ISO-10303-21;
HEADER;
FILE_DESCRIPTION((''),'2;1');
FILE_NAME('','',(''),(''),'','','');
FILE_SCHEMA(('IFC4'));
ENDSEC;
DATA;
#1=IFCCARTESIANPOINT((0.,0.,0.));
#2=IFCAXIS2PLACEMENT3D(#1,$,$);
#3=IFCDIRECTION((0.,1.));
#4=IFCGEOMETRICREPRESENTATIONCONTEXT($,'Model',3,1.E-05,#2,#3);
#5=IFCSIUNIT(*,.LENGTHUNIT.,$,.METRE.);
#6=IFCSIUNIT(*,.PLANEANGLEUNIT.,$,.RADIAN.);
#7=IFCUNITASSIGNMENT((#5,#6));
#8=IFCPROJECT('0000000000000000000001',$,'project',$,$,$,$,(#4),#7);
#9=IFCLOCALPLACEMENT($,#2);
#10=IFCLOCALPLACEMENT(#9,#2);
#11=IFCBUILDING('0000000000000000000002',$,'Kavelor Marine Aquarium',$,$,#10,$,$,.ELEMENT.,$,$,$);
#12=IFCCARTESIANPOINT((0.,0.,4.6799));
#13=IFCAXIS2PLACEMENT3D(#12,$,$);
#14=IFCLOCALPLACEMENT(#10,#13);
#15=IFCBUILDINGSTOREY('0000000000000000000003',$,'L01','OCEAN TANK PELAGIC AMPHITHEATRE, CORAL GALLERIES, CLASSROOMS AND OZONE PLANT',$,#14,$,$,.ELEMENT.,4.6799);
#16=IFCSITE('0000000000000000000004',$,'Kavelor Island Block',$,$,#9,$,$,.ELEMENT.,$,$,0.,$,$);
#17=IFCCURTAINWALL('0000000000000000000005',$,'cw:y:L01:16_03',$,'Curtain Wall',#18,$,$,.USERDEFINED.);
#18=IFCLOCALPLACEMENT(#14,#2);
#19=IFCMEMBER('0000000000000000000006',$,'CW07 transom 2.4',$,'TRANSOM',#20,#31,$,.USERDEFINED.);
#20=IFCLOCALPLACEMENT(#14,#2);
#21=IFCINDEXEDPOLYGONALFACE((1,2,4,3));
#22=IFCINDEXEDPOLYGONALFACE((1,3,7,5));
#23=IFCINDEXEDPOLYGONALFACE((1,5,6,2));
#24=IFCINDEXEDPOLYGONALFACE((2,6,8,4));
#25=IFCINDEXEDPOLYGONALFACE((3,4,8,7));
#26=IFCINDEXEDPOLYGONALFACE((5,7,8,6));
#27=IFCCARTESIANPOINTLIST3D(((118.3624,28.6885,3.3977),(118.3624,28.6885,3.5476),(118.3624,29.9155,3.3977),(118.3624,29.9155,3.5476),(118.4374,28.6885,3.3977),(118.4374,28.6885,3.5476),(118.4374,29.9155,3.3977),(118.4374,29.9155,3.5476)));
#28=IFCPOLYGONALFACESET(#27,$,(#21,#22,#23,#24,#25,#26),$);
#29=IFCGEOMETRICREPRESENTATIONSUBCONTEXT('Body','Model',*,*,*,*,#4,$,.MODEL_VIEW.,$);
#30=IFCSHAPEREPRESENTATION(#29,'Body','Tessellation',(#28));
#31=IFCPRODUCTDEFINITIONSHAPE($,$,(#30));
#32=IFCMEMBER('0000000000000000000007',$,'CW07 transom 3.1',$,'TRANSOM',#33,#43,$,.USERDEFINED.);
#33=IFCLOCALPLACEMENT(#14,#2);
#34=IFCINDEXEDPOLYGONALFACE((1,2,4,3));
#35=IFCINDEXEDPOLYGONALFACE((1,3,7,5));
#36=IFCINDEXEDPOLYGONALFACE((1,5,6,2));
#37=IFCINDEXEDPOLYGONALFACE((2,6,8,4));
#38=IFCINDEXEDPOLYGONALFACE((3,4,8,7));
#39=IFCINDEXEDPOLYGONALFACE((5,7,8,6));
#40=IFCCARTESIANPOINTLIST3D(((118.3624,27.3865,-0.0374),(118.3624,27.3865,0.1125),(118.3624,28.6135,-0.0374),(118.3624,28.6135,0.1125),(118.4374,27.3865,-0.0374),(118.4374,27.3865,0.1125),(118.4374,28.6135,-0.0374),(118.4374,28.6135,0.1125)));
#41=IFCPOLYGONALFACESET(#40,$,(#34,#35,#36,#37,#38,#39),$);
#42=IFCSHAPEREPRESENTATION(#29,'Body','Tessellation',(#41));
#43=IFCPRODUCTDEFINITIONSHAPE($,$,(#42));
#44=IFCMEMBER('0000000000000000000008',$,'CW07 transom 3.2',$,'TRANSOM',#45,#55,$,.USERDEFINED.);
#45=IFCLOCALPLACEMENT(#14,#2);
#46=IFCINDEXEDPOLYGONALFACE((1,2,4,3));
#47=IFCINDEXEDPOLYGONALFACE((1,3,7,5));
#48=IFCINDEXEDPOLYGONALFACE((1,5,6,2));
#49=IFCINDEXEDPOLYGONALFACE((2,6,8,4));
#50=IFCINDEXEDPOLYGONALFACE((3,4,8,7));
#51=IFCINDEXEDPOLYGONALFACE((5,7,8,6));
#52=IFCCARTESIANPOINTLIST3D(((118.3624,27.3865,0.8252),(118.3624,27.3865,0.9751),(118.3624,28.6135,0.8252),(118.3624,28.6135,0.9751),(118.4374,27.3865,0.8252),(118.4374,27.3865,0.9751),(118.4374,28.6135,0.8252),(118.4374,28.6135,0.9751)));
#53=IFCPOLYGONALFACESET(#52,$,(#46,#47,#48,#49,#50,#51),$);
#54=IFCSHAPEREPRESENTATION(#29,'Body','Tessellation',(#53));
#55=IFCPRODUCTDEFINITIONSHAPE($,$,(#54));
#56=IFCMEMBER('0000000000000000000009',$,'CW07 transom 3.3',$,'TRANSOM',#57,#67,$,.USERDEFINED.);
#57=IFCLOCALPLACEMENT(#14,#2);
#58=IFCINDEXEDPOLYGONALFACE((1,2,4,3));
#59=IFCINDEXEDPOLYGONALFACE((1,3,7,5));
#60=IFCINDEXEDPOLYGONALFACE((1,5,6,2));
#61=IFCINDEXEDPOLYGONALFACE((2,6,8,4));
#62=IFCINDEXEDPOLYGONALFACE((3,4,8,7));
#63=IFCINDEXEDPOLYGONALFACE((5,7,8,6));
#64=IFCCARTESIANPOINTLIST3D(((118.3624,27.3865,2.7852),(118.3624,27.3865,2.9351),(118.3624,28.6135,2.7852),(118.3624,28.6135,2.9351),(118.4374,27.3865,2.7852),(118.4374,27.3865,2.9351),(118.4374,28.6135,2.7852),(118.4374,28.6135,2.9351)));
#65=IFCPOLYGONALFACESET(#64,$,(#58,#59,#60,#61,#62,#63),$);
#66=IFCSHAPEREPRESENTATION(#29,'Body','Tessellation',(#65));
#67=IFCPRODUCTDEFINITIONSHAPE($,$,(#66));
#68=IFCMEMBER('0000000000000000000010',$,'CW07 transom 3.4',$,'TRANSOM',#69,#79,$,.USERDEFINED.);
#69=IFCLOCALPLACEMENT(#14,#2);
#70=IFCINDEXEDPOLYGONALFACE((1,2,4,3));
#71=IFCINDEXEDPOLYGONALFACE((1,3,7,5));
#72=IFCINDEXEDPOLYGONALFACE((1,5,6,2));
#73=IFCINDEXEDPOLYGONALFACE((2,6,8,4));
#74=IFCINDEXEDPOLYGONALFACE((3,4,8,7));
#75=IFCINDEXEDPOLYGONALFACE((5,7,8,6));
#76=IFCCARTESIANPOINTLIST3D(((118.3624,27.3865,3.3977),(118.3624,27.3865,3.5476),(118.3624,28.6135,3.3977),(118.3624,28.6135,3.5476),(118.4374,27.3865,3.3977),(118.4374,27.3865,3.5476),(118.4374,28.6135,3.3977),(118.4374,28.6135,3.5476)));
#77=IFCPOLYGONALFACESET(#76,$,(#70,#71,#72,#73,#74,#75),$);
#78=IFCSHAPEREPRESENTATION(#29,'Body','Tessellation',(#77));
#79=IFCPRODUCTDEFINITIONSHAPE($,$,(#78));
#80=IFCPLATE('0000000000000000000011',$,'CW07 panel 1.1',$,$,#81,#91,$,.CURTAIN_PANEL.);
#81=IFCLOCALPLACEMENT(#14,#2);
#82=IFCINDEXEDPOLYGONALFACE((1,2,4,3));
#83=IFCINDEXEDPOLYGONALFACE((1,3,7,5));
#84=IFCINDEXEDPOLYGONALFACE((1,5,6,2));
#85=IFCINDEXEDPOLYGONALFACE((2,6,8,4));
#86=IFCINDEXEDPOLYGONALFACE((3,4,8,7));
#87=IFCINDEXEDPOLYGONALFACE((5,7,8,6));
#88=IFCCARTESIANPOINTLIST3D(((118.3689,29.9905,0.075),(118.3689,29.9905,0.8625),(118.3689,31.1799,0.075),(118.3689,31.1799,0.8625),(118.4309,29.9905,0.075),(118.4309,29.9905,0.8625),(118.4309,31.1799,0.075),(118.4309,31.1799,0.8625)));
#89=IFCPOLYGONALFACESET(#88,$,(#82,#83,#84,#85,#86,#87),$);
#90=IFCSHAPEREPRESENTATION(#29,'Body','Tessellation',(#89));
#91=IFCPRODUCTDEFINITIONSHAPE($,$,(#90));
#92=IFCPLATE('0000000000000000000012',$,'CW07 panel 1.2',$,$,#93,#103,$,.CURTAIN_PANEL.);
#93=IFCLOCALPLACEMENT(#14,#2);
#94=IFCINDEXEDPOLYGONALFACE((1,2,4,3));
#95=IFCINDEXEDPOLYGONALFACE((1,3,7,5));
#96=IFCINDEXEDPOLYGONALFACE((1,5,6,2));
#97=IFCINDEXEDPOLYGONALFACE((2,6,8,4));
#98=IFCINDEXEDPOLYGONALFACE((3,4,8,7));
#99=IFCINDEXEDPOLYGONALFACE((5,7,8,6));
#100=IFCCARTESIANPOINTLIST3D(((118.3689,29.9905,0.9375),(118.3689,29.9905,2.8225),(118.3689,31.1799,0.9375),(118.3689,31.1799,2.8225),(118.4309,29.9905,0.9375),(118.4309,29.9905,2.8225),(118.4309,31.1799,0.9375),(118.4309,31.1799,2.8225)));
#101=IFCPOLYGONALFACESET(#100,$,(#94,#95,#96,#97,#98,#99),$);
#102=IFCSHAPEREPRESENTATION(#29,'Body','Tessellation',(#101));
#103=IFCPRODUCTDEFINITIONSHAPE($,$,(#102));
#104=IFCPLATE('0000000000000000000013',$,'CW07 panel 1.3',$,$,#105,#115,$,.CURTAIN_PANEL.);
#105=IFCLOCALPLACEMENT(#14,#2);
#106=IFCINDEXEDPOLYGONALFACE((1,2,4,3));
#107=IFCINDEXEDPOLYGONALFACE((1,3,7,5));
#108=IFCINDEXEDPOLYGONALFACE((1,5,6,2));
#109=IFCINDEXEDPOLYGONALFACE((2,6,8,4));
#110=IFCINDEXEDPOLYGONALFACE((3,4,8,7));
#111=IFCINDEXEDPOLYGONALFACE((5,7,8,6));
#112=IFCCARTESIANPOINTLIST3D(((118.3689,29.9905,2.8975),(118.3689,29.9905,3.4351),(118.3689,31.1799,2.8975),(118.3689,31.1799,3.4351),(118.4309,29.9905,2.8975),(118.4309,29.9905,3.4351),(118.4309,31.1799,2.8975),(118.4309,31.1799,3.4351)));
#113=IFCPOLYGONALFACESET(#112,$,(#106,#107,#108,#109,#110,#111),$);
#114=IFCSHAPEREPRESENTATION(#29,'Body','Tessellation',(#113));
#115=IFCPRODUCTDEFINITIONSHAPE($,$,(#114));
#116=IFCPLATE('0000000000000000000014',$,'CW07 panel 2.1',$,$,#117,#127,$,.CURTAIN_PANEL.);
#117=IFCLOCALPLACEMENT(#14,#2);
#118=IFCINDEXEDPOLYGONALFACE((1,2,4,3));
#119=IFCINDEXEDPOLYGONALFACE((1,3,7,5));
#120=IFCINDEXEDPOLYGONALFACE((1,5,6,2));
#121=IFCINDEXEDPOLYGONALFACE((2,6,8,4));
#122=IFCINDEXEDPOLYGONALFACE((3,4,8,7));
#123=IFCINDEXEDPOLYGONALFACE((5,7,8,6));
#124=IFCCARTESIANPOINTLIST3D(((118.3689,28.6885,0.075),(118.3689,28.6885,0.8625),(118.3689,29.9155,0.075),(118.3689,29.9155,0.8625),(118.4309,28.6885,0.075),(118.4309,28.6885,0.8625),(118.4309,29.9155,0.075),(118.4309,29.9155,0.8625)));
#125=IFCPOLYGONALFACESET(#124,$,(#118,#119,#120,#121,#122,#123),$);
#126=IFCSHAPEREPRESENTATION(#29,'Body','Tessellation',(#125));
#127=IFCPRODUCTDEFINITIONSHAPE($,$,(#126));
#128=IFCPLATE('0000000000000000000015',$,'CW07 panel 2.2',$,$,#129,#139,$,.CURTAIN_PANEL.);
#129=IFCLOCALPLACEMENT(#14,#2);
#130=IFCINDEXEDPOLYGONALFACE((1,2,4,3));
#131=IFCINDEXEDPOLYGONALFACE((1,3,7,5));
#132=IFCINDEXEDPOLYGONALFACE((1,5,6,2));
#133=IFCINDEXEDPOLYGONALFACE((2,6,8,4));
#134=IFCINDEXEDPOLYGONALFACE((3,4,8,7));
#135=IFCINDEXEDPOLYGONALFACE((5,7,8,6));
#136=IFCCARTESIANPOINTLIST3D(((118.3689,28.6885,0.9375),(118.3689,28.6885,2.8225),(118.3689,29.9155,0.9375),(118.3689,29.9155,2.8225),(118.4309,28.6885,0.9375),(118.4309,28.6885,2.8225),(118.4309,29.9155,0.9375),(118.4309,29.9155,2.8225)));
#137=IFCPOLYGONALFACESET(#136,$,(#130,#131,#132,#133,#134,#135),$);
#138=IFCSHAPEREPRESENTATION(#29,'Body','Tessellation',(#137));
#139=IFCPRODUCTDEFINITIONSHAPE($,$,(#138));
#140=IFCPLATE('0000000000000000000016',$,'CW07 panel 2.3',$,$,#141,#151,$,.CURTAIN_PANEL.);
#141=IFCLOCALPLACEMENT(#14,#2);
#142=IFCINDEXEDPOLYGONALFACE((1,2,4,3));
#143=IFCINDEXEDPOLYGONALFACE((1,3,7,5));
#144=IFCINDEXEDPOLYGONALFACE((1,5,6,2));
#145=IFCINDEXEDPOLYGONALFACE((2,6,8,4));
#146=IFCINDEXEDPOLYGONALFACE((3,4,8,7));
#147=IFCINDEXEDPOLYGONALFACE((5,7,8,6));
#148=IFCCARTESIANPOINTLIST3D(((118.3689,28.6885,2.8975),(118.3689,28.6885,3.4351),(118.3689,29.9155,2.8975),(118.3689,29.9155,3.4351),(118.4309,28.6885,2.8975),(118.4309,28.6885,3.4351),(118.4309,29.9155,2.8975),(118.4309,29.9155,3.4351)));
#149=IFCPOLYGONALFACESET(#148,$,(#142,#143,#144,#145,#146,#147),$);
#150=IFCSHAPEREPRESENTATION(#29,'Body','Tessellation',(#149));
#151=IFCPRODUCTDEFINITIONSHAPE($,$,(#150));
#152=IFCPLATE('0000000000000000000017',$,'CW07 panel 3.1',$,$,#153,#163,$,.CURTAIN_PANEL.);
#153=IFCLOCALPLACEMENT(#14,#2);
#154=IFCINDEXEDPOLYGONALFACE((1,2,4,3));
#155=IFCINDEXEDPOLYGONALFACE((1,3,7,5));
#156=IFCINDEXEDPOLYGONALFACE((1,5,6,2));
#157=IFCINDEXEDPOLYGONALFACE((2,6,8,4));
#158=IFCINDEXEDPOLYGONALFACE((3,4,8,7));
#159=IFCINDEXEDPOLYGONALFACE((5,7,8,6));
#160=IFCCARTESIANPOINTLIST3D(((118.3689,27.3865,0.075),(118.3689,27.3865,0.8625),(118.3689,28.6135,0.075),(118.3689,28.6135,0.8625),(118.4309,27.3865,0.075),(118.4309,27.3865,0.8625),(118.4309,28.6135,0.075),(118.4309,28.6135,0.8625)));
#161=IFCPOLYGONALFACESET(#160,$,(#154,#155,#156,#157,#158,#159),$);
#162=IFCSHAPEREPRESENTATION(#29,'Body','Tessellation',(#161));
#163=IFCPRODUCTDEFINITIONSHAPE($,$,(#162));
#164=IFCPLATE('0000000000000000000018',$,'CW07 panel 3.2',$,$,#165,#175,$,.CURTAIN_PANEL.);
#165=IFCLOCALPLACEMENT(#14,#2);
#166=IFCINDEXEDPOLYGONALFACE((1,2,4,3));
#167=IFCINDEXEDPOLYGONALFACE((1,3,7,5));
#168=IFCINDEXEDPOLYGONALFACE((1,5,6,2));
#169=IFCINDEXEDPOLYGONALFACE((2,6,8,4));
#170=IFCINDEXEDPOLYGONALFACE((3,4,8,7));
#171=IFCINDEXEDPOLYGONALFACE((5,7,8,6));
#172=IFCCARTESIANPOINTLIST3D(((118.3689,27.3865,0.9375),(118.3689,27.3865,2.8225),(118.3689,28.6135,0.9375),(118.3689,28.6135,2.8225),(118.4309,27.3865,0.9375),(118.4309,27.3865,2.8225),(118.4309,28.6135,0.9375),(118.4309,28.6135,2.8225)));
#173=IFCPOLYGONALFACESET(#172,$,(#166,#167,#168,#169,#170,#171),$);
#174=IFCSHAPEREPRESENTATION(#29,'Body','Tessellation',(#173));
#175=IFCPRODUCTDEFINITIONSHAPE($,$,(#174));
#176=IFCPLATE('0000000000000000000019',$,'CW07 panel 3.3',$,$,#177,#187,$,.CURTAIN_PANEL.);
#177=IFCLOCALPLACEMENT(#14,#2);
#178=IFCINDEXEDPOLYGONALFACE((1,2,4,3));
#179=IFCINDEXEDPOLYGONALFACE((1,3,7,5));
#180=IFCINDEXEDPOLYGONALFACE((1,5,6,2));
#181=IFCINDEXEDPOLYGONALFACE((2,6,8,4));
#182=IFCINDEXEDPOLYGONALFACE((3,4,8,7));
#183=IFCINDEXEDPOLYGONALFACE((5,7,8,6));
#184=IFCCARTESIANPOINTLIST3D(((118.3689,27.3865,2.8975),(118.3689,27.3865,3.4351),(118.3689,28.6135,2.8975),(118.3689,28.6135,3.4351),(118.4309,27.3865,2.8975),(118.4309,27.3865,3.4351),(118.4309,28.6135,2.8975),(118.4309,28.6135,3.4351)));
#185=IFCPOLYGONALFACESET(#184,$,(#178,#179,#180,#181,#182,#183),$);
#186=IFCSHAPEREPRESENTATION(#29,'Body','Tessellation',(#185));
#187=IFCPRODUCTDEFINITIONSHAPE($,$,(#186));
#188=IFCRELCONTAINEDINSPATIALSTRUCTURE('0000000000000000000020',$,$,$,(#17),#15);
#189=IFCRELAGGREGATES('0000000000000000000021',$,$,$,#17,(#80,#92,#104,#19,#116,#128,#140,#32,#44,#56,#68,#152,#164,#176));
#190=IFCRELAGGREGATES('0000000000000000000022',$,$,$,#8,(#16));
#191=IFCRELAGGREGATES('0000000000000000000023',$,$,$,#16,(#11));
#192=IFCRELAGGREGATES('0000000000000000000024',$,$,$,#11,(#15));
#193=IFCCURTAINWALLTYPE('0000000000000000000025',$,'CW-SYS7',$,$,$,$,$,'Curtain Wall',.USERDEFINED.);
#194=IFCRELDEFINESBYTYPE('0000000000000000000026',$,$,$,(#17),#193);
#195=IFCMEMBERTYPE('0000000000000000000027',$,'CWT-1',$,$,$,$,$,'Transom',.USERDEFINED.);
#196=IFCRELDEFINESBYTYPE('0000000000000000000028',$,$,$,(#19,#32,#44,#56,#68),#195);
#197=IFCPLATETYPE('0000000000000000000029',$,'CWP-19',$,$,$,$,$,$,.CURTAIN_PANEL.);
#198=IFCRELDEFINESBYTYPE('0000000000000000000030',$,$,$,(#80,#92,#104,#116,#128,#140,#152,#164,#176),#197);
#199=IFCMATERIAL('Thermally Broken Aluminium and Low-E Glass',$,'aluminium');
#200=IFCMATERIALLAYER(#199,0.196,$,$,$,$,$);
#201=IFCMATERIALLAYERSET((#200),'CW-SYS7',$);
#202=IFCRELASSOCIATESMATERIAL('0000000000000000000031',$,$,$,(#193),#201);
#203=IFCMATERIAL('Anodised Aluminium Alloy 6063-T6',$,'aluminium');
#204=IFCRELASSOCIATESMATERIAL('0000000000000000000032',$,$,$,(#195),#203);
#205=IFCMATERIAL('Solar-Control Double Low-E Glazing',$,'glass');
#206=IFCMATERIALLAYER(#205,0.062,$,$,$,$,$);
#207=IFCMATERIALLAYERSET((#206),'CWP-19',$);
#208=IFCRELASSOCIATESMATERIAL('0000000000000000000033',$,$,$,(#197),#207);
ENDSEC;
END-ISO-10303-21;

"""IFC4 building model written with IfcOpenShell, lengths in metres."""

from ifc_helpers import new_model, si_unit, direction, frame, origin, origin_2d, place, context, subcontext, project, spatial, rectangle, extrude, material, layer, layer_set, material_profile, profile_set, type_object, element, aggregate, save


model = new_model("IFC4")

# Units and contexts
model_context = context("Model", 3, precision=1e-05, world=origin(), true_north=direction((0.0, 1.0)))
body_context = subcontext(model_context, "Body", "Model", "MODEL_VIEW")
ifc_project = project(units=[si_unit("LENGTHUNIT", "METRE"), si_unit("PLANEANGLEUNIT", "RADIAN")], contexts=[model_context])

# Site, building, storey
site_placement = place(None, origin())
site = spatial("IfcSite", under=ifc_project, at=site_placement, Name="Kavelor Island Block", CompositionType="ELEMENT", RefElevation=0.0)
building_placement = place(site_placement, origin())
building = spatial("IfcBuilding", under=site, at=building_placement, Name="Kavelor Marine Aquarium", CompositionType="ELEMENT")
storey_placement = place(building_placement, frame((0.0, 0.0, 4.6799)))
storey = spatial("IfcBuildingStorey", under=building, at=storey_placement, Name="L01", Description="OCEAN TANK PELAGIC AMPHITHEATRE, CORAL GALLERIES, CLASSROOMS AND OZONE PLANT", CompositionType="ELEMENT", Elevation=4.6799)

# Curtain wall, members, plates
ifc_material_1 = material(Name="Thermally Broken Aluminium and Low-E Glass", Category="aluminium")
ifc_layer_1 = layer(ifc_material_1, 0.196)
ifc_layer_set_1 = layer_set([ifc_layer_1], Name="CW-SYS7")
curtain_wall_type = type_object("IfcCurtainWallType", Name="CW-SYS7", ElementType="Curtain Wall", PredefinedType="USERDEFINED", material=ifc_layer_set_1)
curtain_wall_placement = place(storey_placement, origin())
curtain_wall = element("IfcCurtainWall", 1, at=curtain_wall_placement, inside=storey, type_object=curtain_wall_type, Name="cw:y:L01:16_03", ObjectType="Curtain Wall", PredefinedType="USERDEFINED")
ifc_material_2 = material(Name="Anodised Aluminium Alloy 6063-T6", Category="aluminium")
ifc_material_profile_1 = material_profile(ifc_material_2, rectangle(XDim=0.075, YDim=0.1499, at=origin_2d()), Name="CW-TRN 75x150")
ifc_profile_set_1 = profile_set([ifc_material_profile_1], Name="Anodised Aluminium Alloy 6063-T6")
member_type_1 = type_object("IfcMemberType", Name="CWT-1", ElementType="Transom", PredefinedType="USERDEFINED", material=ifc_profile_set_1)
member_1_placement = place(storey_placement, frame((118.3999, 29.9155, 3.4727), z_axis=(0.0, -1.0, 0.0), x_axis=(1.0, 0.0, 0.0)))
member_1 = element("IfcMember", 2, at=member_1_placement, type_object=member_type_1, Name="CW07 transom 2.4", ObjectType="TRANSOM", PredefinedType="USERDEFINED", context=body_context, shape_type="SweptSolid", body=[
    extrude(rectangle(XDim=0.075, YDim=0.1499, at=origin_2d()), origin(), (0.0, 0.0, 1.0), 1.2271),
])
member_2_placement = place(storey_placement, frame((118.3999, 28.6135, 0.0376), z_axis=(0.0, -1.0, 0.0), x_axis=(1.0, 0.0, 0.0)))
member_2 = element("IfcMember", 3, at=member_2_placement, type_object=member_type_1, Name="CW07 transom 3.1", ObjectType="TRANSOM", PredefinedType="USERDEFINED", context=body_context, shape_type="SweptSolid", body=[
    extrude(rectangle(XDim=0.075, YDim=0.1499, at=origin_2d()), origin(), (0.0, 0.0, 1.0), 1.2271),
])
member_3_placement = place(storey_placement, frame((118.3999, 28.6135, 0.9001), z_axis=(0.0, -1.0, 0.0), x_axis=(1.0, 0.0, 0.0)))
member_3 = element("IfcMember", 4, at=member_3_placement, type_object=member_type_1, Name="CW07 transom 3.2", ObjectType="TRANSOM", PredefinedType="USERDEFINED", context=body_context, shape_type="SweptSolid", body=[
    extrude(rectangle(XDim=0.075, YDim=0.1499, at=origin_2d()), origin(), (0.0, 0.0, 1.0), 1.2271),
])
member_4_placement = place(storey_placement, frame((118.3999, 28.6135, 2.8601), z_axis=(0.0, -1.0, 0.0), x_axis=(1.0, 0.0, 0.0)))
member_4 = element("IfcMember", 5, at=member_4_placement, type_object=member_type_1, Name="CW07 transom 3.3", ObjectType="TRANSOM", PredefinedType="USERDEFINED", context=body_context, shape_type="SweptSolid", body=[
    extrude(rectangle(XDim=0.075, YDim=0.1499, at=origin_2d()), origin(), (0.0, 0.0, 1.0), 1.2271),
])
member_5_placement = place(storey_placement, frame((118.3999, 28.6135, 3.4727), z_axis=(0.0, -1.0, 0.0), x_axis=(1.0, 0.0, 0.0)))
member_5 = element("IfcMember", 6, at=member_5_placement, type_object=member_type_1, Name="CW07 transom 3.4", ObjectType="TRANSOM", PredefinedType="USERDEFINED", context=body_context, shape_type="SweptSolid", body=[
    extrude(rectangle(XDim=0.075, YDim=0.1499, at=origin_2d()), origin(), (0.0, 0.0, 1.0), 1.2271),
])
ifc_material_3 = material(Name="Solar-Control Double Low-E Glazing", Category="glass")
ifc_layer_2 = layer(ifc_material_3, 0.062)
ifc_layer_set_2 = layer_set([ifc_layer_2], Name="CWP-19")
plate_type = type_object("IfcPlateType", Name="CWP-19", PredefinedType="CURTAIN_PANEL", material=ifc_layer_set_2)
plate_1_placement = place(storey_placement, frame((118.3999, 30.5852, 0.075), z_axis=(0.0, 0.0, 1.0), x_axis=(0.0, -1.0, 0.0)))
plate_1 = element("IfcPlate", 7, at=plate_1_placement, type_object=plate_type, Name="CW07 panel 1.1", PredefinedType="CURTAIN_PANEL", context=body_context, shape_type="SweptSolid", body=[
    extrude(rectangle(XDim=1.1895, YDim=0.062, at=origin_2d()), origin(), (0.0, 0.0, 1.0), 0.7876),
])
plate_2_placement = place(storey_placement, frame((118.3999, 30.5852, 0.9375), z_axis=(0.0, 0.0, 1.0), x_axis=(0.0, -1.0, 0.0)))
plate_2 = element("IfcPlate", 8, at=plate_2_placement, type_object=plate_type, Name="CW07 panel 1.2", PredefinedType="CURTAIN_PANEL", context=body_context, shape_type="SweptSolid", body=[
    extrude(rectangle(XDim=1.1895, YDim=0.062, at=origin_2d()), origin(), (0.0, 0.0, 1.0), 1.885),
])
plate_3_placement = place(storey_placement, frame((118.3999, 30.5852, 2.8975), z_axis=(0.0, 0.0, 1.0), x_axis=(0.0, -1.0, 0.0)))
plate_3 = element("IfcPlate", 9, at=plate_3_placement, type_object=plate_type, Name="CW07 panel 1.3", PredefinedType="CURTAIN_PANEL", context=body_context, shape_type="SweptSolid", body=[
    extrude(rectangle(XDim=1.1895, YDim=0.062, at=origin_2d()), origin(), (0.0, 0.0, 1.0), 0.5376),
])
plate_4_placement = place(storey_placement, frame((118.3999, 29.302, 0.075), z_axis=(0.0, 0.0, 1.0), x_axis=(0.0, -1.0, 0.0)))
plate_4 = element("IfcPlate", 10, at=plate_4_placement, type_object=plate_type, Name="CW07 panel 2.1", PredefinedType="CURTAIN_PANEL", context=body_context, shape_type="SweptSolid", body=[
    extrude(rectangle(XDim=1.2271, YDim=0.062, at=origin_2d()), origin(), (0.0, 0.0, 1.0), 0.7876),
])
plate_5_placement = place(storey_placement, frame((118.3999, 29.302, 0.9375), z_axis=(0.0, 0.0, 1.0), x_axis=(0.0, -1.0, 0.0)))
plate_5 = element("IfcPlate", 11, at=plate_5_placement, type_object=plate_type, Name="CW07 panel 2.2", PredefinedType="CURTAIN_PANEL", context=body_context, shape_type="SweptSolid", body=[
    extrude(rectangle(XDim=1.2271, YDim=0.062, at=origin_2d()), origin(), (0.0, 0.0, 1.0), 1.885),
])
plate_6_placement = place(storey_placement, frame((118.3999, 29.302, 2.8975), z_axis=(0.0, 0.0, 1.0), x_axis=(0.0, -1.0, 0.0)))
plate_6 = element("IfcPlate", 12, at=plate_6_placement, type_object=plate_type, Name="CW07 panel 2.3", PredefinedType="CURTAIN_PANEL", context=body_context, shape_type="SweptSolid", body=[
    extrude(rectangle(XDim=1.2271, YDim=0.062, at=origin_2d()), origin(), (0.0, 0.0, 1.0), 0.5376),
])
plate_7_placement = place(storey_placement, frame((118.3999, 28.0, 0.075), z_axis=(0.0, 0.0, 1.0), x_axis=(0.0, -1.0, 0.0)))
plate_7 = element("IfcPlate", 13, at=plate_7_placement, type_object=plate_type, Name="CW07 panel 3.1", PredefinedType="CURTAIN_PANEL", context=body_context, shape_type="SweptSolid", body=[
    extrude(rectangle(XDim=1.2271, YDim=0.062, at=origin_2d()), origin(), (0.0, 0.0, 1.0), 0.7876),
])
plate_8_placement = place(storey_placement, frame((118.3999, 28.0, 0.9375), z_axis=(0.0, 0.0, 1.0), x_axis=(0.0, -1.0, 0.0)))
plate_8 = element("IfcPlate", 14, at=plate_8_placement, type_object=plate_type, Name="CW07 panel 3.2", PredefinedType="CURTAIN_PANEL", context=body_context, shape_type="SweptSolid", body=[
    extrude(rectangle(XDim=1.2271, YDim=0.062, at=origin_2d()), origin(), (0.0, 0.0, 1.0), 1.885),
])
plate_9_placement = place(storey_placement, frame((118.3999, 28.0, 2.8975), z_axis=(0.0, 0.0, 1.0), x_axis=(0.0, -1.0, 0.0)))
plate_9 = element("IfcPlate", 15, at=plate_9_placement, type_object=plate_type, Name="CW07 panel 3.3", PredefinedType="CURTAIN_PANEL", context=body_context, shape_type="SweptSolid", body=[
    extrude(rectangle(XDim=1.2271, YDim=0.062, at=origin_2d()), origin(), (0.0, 0.0, 1.0), 0.5376),
])
aggregate(curtain_wall, [plate_1, plate_2, plate_3, member_1, plate_4, plate_5, plate_6, member_2, member_3, member_4, member_5, plate_7, plate_8, plate_9])

save(model, "model.ifc")
